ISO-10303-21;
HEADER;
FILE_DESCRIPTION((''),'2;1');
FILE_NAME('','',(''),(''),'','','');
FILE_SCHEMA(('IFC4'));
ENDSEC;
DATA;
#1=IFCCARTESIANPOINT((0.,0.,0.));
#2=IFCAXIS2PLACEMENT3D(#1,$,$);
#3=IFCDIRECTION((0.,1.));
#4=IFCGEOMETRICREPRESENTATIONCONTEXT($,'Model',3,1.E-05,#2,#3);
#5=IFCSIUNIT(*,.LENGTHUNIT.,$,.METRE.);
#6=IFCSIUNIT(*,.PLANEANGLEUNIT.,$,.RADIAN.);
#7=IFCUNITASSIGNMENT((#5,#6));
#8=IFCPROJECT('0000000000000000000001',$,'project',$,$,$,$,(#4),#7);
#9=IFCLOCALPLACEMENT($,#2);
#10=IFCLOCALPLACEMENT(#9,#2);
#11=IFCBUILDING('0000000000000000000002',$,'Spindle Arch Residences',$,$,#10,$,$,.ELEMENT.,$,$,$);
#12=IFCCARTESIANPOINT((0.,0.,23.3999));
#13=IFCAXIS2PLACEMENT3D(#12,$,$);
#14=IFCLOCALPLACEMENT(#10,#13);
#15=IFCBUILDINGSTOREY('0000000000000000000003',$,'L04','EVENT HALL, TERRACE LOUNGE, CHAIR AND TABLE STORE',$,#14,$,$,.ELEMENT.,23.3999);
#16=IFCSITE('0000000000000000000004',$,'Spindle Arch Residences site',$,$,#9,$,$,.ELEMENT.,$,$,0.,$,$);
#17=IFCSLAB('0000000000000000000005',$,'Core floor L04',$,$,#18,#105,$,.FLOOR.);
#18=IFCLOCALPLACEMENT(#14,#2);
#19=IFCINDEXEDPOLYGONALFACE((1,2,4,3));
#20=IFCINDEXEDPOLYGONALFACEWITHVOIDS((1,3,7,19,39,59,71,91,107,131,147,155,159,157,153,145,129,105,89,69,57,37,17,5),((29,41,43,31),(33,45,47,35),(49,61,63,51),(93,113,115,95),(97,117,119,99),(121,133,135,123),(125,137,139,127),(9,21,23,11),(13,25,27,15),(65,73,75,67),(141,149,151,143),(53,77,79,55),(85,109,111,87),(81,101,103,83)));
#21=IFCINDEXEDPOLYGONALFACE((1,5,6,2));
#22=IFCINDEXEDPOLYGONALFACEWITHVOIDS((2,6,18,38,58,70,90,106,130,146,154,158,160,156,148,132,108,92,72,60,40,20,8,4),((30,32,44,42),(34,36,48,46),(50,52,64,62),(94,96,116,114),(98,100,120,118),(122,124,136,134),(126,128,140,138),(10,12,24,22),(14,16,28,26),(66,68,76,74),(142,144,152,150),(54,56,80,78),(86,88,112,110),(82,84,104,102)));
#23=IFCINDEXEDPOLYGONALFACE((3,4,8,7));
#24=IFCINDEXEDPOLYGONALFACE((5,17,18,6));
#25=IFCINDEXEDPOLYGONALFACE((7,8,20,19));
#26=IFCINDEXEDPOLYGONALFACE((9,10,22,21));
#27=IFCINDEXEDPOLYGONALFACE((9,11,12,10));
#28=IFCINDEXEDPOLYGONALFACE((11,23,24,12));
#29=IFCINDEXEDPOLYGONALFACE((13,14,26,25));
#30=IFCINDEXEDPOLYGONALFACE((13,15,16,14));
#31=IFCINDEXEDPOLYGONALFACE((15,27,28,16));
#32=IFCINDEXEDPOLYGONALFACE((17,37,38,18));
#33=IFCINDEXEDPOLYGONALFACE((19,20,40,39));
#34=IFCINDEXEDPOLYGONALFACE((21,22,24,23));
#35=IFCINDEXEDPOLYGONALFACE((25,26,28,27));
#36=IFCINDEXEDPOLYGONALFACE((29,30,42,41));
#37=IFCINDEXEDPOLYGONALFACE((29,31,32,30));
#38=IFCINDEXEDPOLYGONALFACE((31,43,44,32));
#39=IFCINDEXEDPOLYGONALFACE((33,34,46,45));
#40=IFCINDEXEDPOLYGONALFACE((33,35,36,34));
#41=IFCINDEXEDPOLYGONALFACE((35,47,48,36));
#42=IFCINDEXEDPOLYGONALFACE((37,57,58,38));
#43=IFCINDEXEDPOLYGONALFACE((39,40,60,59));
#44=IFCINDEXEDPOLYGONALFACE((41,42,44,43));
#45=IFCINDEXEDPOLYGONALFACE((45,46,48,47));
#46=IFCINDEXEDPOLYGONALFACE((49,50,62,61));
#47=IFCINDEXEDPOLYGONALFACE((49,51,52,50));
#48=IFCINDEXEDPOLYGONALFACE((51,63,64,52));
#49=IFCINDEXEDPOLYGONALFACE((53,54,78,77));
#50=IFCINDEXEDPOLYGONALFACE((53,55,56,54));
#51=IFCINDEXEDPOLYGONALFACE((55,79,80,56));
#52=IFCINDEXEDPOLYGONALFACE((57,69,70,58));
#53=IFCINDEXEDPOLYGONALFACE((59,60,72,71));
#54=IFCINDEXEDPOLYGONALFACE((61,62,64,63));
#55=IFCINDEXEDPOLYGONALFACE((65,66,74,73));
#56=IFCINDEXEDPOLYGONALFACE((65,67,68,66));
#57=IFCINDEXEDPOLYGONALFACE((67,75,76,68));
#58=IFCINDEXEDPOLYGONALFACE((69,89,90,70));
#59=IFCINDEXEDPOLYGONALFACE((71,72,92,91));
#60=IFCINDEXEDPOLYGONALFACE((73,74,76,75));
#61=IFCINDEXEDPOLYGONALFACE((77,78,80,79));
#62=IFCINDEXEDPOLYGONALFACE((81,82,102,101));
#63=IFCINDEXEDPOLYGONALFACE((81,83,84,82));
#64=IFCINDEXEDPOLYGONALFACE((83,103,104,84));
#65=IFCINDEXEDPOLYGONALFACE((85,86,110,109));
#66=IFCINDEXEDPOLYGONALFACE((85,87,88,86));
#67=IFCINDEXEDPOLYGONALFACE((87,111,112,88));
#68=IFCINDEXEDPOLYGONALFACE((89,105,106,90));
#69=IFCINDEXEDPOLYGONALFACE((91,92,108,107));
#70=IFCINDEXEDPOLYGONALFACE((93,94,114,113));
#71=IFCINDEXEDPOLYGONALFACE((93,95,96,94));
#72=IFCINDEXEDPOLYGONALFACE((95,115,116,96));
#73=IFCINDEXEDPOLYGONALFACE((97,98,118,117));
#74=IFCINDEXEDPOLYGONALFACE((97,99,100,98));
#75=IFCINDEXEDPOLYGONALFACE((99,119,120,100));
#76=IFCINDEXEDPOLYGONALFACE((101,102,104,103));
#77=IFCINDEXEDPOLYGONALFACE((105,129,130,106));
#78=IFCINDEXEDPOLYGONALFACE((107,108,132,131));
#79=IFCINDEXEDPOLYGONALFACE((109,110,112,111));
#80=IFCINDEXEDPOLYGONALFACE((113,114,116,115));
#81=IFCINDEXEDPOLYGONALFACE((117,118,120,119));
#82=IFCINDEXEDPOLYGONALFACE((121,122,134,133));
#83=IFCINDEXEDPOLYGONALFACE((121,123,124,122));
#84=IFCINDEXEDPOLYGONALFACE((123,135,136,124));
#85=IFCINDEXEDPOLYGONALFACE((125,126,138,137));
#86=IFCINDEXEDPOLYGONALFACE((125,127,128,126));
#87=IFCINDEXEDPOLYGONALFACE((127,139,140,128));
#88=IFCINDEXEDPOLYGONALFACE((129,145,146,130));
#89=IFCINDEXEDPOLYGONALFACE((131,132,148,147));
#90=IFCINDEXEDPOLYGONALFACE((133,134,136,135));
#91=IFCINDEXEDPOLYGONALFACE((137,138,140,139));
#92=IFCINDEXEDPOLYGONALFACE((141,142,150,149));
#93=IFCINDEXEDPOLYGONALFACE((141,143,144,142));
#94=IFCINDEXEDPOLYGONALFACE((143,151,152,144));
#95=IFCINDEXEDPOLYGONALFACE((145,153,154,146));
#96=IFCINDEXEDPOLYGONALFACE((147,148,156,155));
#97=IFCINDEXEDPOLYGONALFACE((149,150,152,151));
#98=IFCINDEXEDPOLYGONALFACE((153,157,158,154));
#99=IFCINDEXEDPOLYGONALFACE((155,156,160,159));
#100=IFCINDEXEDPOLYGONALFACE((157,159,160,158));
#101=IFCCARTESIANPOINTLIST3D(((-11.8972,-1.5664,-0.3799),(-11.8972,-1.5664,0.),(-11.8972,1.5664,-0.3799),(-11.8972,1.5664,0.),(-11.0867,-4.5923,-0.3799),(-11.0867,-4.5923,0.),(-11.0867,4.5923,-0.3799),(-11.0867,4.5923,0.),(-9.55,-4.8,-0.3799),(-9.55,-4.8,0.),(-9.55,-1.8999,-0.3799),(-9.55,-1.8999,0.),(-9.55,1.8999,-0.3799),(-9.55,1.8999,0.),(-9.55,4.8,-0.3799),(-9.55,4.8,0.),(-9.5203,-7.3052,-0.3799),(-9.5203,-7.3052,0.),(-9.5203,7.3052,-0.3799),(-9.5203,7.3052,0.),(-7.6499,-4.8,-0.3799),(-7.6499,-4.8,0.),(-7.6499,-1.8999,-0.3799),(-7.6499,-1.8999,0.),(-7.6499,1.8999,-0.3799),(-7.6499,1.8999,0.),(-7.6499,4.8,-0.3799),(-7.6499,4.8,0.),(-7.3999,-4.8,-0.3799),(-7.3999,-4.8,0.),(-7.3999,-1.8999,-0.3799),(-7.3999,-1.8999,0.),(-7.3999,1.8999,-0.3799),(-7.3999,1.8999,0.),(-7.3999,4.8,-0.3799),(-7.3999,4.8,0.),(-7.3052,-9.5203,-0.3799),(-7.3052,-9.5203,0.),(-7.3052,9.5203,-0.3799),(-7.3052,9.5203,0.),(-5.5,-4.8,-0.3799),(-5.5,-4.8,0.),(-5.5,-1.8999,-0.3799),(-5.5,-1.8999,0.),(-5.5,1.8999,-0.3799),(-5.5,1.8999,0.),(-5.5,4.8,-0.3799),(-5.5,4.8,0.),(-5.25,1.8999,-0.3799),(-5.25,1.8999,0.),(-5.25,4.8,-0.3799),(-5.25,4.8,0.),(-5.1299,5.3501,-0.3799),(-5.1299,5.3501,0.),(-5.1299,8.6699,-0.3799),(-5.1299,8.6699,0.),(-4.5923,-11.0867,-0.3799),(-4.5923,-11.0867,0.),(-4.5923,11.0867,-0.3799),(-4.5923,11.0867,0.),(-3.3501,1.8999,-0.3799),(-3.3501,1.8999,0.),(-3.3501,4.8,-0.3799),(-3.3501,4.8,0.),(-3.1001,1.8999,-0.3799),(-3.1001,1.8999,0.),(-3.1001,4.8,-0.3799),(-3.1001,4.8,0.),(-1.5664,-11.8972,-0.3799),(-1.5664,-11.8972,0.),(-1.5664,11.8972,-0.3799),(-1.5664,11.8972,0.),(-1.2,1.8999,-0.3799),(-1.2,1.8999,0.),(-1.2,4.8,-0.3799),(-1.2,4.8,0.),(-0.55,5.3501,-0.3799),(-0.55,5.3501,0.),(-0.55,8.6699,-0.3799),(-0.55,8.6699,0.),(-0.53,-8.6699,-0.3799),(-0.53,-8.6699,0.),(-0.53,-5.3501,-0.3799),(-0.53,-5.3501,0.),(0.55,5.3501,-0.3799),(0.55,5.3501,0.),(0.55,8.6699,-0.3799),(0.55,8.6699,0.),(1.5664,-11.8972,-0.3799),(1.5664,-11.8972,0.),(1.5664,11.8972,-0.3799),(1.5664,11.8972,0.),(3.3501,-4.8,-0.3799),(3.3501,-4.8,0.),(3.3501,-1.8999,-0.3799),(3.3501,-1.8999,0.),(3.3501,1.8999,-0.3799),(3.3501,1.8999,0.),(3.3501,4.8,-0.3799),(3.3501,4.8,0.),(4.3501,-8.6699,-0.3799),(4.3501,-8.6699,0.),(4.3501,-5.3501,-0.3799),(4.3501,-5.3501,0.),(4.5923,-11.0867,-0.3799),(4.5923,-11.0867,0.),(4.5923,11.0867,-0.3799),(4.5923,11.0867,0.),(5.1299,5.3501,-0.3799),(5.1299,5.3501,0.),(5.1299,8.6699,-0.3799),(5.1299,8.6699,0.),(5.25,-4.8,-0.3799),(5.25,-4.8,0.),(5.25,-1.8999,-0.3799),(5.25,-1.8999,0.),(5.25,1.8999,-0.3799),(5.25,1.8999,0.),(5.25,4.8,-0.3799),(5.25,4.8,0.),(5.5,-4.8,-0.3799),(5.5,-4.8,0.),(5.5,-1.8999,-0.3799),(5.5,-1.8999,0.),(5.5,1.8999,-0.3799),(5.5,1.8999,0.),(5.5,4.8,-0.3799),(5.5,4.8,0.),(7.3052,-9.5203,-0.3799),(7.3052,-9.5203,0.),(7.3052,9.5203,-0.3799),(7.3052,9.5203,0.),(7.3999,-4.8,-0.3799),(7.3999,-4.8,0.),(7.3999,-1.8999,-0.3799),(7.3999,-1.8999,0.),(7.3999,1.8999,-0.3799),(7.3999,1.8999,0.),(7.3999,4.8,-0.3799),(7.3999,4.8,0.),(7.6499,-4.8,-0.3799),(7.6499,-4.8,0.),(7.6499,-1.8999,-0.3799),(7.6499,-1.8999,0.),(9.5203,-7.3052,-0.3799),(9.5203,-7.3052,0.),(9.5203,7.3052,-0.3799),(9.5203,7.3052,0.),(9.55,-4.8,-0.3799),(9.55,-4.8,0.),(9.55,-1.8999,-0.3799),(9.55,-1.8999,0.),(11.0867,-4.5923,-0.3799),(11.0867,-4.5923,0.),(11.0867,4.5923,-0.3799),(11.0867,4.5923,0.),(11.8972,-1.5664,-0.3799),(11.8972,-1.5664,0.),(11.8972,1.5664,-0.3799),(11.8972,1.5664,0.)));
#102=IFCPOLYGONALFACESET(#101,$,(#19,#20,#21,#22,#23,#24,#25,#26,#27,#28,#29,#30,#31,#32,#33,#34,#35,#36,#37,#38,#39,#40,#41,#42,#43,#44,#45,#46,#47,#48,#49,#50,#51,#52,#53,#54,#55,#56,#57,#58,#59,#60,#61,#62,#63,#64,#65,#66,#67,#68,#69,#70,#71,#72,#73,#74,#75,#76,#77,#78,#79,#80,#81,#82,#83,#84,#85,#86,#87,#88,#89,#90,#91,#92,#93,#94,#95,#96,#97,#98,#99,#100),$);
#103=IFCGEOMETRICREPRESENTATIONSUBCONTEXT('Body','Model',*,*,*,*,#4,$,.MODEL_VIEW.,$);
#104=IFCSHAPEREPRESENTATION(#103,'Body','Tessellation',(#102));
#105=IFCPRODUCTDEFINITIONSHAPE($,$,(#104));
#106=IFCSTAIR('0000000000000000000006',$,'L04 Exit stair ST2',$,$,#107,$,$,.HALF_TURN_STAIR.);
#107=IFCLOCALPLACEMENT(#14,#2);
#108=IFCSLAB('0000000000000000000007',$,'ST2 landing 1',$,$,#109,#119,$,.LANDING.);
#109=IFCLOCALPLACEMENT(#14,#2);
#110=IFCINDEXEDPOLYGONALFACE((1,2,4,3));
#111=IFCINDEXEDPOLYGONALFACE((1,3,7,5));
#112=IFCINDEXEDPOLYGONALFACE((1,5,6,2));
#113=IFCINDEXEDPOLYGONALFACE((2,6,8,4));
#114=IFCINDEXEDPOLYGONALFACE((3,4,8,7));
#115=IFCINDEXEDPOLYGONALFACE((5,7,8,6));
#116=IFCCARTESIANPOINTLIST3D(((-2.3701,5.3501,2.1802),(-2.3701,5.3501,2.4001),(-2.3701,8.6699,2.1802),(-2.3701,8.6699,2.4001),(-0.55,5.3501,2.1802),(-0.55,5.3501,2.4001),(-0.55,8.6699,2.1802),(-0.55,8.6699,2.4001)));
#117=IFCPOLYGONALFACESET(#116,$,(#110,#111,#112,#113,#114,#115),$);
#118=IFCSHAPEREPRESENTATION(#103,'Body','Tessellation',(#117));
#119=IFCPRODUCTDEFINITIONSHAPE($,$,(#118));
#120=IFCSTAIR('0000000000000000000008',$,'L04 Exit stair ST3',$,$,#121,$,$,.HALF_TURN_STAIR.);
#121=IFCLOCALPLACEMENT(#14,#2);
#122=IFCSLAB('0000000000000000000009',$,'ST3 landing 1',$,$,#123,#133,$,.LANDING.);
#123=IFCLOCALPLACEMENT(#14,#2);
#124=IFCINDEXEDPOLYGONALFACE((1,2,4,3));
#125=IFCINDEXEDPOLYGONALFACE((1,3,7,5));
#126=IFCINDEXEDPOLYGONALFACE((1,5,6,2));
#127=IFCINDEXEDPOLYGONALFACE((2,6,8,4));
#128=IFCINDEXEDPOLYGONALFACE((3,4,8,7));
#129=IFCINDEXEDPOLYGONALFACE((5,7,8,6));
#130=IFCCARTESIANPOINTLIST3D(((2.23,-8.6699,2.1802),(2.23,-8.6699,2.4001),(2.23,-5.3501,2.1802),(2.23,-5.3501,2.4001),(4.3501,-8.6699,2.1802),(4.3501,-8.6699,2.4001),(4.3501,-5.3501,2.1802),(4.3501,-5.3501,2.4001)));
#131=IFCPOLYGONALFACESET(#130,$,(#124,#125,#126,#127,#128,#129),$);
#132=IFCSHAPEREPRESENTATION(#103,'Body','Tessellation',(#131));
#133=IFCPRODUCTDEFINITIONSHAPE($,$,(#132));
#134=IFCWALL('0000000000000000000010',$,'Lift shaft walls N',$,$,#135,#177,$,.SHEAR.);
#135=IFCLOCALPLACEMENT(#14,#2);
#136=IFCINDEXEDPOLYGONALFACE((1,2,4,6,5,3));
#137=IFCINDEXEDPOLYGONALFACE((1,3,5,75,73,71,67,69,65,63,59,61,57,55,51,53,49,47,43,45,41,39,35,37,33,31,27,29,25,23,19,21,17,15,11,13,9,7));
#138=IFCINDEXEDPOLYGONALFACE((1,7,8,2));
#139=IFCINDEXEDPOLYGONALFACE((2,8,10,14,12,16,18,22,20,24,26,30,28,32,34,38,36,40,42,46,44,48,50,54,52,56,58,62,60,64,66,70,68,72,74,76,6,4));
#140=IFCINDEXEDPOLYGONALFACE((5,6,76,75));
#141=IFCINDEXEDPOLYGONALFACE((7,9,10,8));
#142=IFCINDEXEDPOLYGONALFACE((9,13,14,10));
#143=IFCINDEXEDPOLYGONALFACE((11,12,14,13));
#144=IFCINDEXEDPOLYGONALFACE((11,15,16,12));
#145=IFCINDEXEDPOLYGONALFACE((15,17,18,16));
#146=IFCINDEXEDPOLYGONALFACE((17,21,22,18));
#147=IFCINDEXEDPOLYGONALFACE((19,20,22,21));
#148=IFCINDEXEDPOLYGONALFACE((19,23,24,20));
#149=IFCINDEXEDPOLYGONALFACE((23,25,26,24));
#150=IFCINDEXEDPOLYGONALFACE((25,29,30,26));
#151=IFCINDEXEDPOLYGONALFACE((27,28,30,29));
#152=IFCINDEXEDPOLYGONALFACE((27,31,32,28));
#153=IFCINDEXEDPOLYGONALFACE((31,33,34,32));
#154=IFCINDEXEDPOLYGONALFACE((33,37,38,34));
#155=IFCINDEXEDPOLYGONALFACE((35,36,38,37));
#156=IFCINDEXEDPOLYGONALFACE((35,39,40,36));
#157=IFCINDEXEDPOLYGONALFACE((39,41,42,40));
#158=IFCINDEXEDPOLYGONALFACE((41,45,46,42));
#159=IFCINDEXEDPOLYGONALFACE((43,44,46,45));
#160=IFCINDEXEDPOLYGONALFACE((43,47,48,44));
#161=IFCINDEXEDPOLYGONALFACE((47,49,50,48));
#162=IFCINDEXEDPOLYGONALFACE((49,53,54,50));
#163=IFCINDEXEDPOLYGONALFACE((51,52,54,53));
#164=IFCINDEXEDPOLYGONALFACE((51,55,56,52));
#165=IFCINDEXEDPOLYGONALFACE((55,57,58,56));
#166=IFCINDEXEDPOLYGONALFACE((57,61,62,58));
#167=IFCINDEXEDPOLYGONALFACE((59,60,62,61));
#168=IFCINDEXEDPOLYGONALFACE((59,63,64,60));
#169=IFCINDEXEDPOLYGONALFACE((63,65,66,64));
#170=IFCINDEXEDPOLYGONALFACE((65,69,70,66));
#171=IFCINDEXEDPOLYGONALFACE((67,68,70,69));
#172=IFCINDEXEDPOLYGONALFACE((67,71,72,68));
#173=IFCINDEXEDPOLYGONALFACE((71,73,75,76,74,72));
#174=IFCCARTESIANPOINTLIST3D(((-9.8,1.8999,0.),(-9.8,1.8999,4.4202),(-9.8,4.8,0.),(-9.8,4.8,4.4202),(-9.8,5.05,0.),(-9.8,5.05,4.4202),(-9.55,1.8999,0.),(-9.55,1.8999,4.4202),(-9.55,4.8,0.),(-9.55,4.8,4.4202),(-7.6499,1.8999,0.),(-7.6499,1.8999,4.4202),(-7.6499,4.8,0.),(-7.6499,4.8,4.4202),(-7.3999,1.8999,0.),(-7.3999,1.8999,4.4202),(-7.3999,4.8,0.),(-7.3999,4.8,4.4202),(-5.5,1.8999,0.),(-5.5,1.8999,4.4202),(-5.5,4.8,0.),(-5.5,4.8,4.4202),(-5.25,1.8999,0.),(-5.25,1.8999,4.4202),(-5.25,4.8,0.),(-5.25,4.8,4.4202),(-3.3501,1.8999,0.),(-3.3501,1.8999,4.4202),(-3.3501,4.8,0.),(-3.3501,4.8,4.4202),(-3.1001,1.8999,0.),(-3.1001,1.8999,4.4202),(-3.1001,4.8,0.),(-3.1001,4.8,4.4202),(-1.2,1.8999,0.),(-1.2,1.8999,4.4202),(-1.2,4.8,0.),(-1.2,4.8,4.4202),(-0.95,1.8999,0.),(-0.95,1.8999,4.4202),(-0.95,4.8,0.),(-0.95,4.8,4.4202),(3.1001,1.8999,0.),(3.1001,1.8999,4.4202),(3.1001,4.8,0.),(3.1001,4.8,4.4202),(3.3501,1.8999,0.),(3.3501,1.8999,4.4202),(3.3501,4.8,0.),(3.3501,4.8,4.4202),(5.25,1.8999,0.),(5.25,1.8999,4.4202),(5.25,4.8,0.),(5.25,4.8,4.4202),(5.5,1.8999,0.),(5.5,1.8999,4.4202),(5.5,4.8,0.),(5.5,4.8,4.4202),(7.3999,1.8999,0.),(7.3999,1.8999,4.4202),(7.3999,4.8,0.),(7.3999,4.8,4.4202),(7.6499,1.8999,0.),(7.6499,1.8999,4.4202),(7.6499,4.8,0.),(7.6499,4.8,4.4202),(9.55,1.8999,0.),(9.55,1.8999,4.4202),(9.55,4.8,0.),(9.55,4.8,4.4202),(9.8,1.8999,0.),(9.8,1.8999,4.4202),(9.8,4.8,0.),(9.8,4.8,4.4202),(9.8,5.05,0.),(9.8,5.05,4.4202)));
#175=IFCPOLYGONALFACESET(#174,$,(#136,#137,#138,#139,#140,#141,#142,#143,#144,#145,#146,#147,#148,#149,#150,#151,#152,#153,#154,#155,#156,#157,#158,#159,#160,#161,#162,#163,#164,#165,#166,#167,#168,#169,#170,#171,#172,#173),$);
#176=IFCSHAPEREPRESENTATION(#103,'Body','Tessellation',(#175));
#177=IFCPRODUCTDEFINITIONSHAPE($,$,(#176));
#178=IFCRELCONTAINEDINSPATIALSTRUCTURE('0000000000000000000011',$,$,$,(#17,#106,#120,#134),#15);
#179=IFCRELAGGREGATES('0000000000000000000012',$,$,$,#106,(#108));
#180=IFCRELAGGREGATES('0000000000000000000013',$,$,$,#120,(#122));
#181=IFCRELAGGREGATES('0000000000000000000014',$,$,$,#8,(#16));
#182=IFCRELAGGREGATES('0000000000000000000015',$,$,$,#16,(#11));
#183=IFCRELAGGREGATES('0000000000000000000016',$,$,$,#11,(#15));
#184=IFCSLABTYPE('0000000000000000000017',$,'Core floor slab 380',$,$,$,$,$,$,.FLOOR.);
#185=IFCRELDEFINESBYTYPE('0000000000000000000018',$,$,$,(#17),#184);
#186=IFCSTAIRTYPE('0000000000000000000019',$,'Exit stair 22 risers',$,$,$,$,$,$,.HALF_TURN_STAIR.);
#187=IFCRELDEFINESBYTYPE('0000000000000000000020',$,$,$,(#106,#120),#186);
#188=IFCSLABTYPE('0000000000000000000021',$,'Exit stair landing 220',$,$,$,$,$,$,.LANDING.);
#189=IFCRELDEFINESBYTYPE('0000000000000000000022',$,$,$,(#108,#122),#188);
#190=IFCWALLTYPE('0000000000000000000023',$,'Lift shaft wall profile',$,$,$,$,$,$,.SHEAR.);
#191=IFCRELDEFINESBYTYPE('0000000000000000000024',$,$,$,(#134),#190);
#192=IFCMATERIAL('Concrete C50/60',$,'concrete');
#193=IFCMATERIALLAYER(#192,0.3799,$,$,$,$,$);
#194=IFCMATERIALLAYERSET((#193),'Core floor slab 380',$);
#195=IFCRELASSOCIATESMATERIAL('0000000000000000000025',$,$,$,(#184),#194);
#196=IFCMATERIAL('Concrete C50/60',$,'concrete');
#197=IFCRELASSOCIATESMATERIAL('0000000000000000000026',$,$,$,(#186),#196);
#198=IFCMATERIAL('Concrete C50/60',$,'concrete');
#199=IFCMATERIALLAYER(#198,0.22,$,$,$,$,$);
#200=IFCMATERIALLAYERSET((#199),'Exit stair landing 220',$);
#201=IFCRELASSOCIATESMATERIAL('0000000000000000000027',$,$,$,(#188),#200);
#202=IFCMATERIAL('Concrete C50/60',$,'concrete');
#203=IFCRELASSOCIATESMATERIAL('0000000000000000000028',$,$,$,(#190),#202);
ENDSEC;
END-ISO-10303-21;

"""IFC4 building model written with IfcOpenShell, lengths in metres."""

from ifc_helpers import new_model, si_unit, direction, frame, origin, place, context, subcontext, project, spatial, polyline, outline, extrude, material, layer, layer_set, type_object, element, aggregate, save


model = new_model("IFC4")

# Units and contexts
model_context = context("Model", 3, precision=1e-05, world=origin(), true_north=direction((0.0, 1.0)))
body_context = subcontext(model_context, "Body", "Model", "MODEL_VIEW")
ifc_project = project(units=[si_unit("LENGTHUNIT", "METRE"), si_unit("PLANEANGLEUNIT", "RADIAN")], contexts=[model_context])

# Site, building, storey
site_placement = place(None, origin())
site = spatial("IfcSite", under=ifc_project, at=site_placement, Name="Spindle Arch Residences site", CompositionType="ELEMENT", RefElevation=0.0)
building_placement = place(site_placement, origin())
building = spatial("IfcBuilding", under=site, at=building_placement, Name="Spindle Arch Residences", CompositionType="ELEMENT")
storey_placement = place(building_placement, frame((0.0, 0.0, 23.3999)))
storey = spatial("IfcBuildingStorey", under=building, at=storey_placement, Name="L04", Description="EVENT HALL, TERRACE LOUNGE, CHAIR AND TABLE STORE", CompositionType="ELEMENT", Elevation=23.3999)

# Slab
ifc_material_1 = material(Name="Concrete C50/60", Category="concrete")
ifc_layer_1 = layer(ifc_material_1, 0.3799)
ifc_layer_set_1 = layer_set([ifc_layer_1], Name="Core floor slab 380")
slab_type_1 = type_object("IfcSlabType", Name="Core floor slab 380", PredefinedType="FLOOR", material=ifc_layer_set_1)
slab_1_placement = place(storey_placement, frame((0.0, 0.0, -0.3799)))
element("IfcSlab", 1, at=slab_1_placement, inside=storey, type_object=slab_type_1, Name="Core floor L04", PredefinedType="FLOOR", context=body_context, shape_type="SweptSolid", body=[
    extrude(outline(polyline([(1.5664, -11.8972), (4.5923, -11.0867), (7.3052, -9.5203), (9.5203, -7.3052), (11.0867, -4.5923), (11.8972, -1.5664), (11.8972, 1.5664), (11.0867, 4.5923), (9.5203, 7.3052), (7.3052, 9.5203), (4.5923, 11.0867), (1.5664, 11.8972), (-1.5664, 11.8972), (-4.5923, 11.0867), (-7.3052, 9.5203), (-9.5203, 7.3052), (-11.0867, 4.5923), (-11.8972, 1.5664), (-11.8972, -1.5664), (-11.0867, -4.5923), (-9.5203, -7.3052), (-7.3052, -9.5203), (-4.5923, -11.0867), (-1.5664, -11.8972), (1.5664, -11.8972)]), holes=[polyline([(-9.55, 1.8999), (-7.6499, 1.8999), (-7.6499, 4.8), (-9.55, 4.8), (-9.55, 1.8999)]), polyline([(-7.3999, 1.8999), (-5.5, 1.8999), (-5.5, 4.8), (-7.3999, 4.8), (-7.3999, 1.8999)]), polyline([(-5.25, 1.8999), (-3.3501, 1.8999), (-3.3501, 4.8), (-5.25, 4.8), (-5.25, 1.8999)]), polyline([(-3.1001, 1.8999), (-1.2, 1.8999), (-1.2, 4.8), (-3.1001, 4.8), (-3.1001, 1.8999)]), polyline([(3.3501, 1.8999), (5.25, 1.8999), (5.25, 4.8), (3.3501, 4.8), (3.3501, 1.8999)]), polyline([(5.5, 1.8999), (7.3999, 1.8999), (7.3999, 4.8), (5.5, 4.8), (5.5, 1.8999)]), polyline([(-9.55, -4.8), (-7.6499, -4.8), (-7.6499, -1.8999), (-9.55, -1.8999), (-9.55, -4.8)]), polyline([(-7.3999, -4.8), (-5.5, -4.8), (-5.5, -1.8999), (-7.3999, -1.8999), (-7.3999, -4.8)]), polyline([(3.3501, -4.8), (5.25, -4.8), (5.25, -1.8999), (3.3501, -1.8999), (3.3501, -4.8)]), polyline([(5.5, -4.8), (7.3999, -4.8), (7.3999, -1.8999), (5.5, -1.8999), (5.5, -4.8)]), polyline([(7.6499, -4.8), (9.55, -4.8), (9.55, -1.8999), (7.6499, -1.8999), (7.6499, -4.8)]), polyline([(5.1299, 8.6699), (0.55, 8.6699), (0.55, 5.3501), (5.1299, 5.3501), (5.1299, 8.6699)]), polyline([(-5.1299, 5.3501), (-0.55, 5.3501), (-0.55, 8.6699), (-5.1299, 8.6699), (-5.1299, 5.3501)]), polyline([(-0.53, -8.6699), (4.3501, -8.6699), (4.3501, -5.3501), (-0.53, -5.3501), (-0.53, -8.6699)])]), origin(), (0.0, 0.0, 1.0), 0.3799),
])

# Stairs, slabs
ifc_material_2 = material(Name="Concrete C50/60", Category="concrete")
stair_type = type_object("IfcStairType", Name="Exit stair 22 risers", PredefinedType="HALF_TURN_STAIR", material=ifc_material_2)
stair_1_placement = place(storey_placement, origin())
stair_1 = element("IfcStair", 2, at=stair_1_placement, inside=storey, type_object=stair_type, Name="L04 Exit stair ST2", PredefinedType="HALF_TURN_STAIR")
ifc_material_3 = material(Name="Concrete C50/60", Category="concrete")
ifc_layer_2 = layer(ifc_material_3, 0.22)
ifc_layer_set_2 = layer_set([ifc_layer_2], Name="Exit stair landing 220")
slab_type_2 = type_object("IfcSlabType", Name="Exit stair landing 220", PredefinedType="LANDING", material=ifc_layer_set_2)
slab_2_placement = place(storey_placement, frame((0.0, 0.0, 2.1802)))
slab_2 = element("IfcSlab", 3, at=slab_2_placement, type_object=slab_type_2, Name="ST2 landing 1", PredefinedType="LANDING", context=body_context, shape_type="SweptSolid", body=[
    extrude(outline(polyline([(-2.3701, 5.3501), (-0.55, 5.3501), (-0.55, 8.6699), (-2.3701, 8.6699), (-2.3701, 5.3501)])), origin(), (0.0, 0.0, 1.0), 0.22),
])
aggregate(stair_1, [slab_2])
stair_2_placement = place(storey_placement, origin())
stair_2 = element("IfcStair", 4, at=stair_2_placement, inside=storey, type_object=stair_type, Name="L04 Exit stair ST3", PredefinedType="HALF_TURN_STAIR")
slab_3_placement = place(storey_placement, frame((0.0, 0.0, 2.1802)))
slab_3 = element("IfcSlab", 5, at=slab_3_placement, type_object=slab_type_2, Name="ST3 landing 1", PredefinedType="LANDING", context=body_context, shape_type="SweptSolid", body=[
    extrude(outline(polyline([(2.23, -8.6699), (4.3501, -8.6699), (4.3501, -5.3501), (2.23, -5.3501), (2.23, -8.6699)])), origin(), (0.0, 0.0, 1.0), 0.22),
])
aggregate(stair_2, [slab_3])

# Wall
ifc_material_4 = material(Name="Concrete C50/60", Category="concrete")
wall_type_1 = type_object("IfcWallType", Name="Lift shaft wall profile", PredefinedType="SHEAR", material=ifc_material_4)
wall_1_placement = place(storey_placement, origin())
element("IfcWall", 6, at=wall_1_placement, inside=storey, type_object=wall_type_1, Name="Lift shaft walls N", PredefinedType="SHEAR", context=body_context, shape_type="SweptSolid", body=[
    extrude(outline(polyline([(-9.55, 4.8), (-7.6499, 4.8), (-7.6499, 1.8999), (-7.3999, 1.8999), (-7.3999, 4.8), (-5.5, 4.8), (-5.5, 1.8999), (-5.25, 1.8999), (-5.25, 4.8), (-3.3501, 4.8), (-3.3501, 1.8999), (-3.1001, 1.8999), (-3.1001, 4.8), (-1.2, 4.8), (-1.2, 1.8999), (-0.95, 1.8999), (-0.95, 4.8), (3.1001, 4.8), (3.1001, 1.8999), (3.3501, 1.8999), (3.3501, 4.8), (5.25, 4.8), (5.25, 1.8999), (5.5, 1.8999), (5.5, 4.8), (7.3999, 4.8), (7.3999, 1.8999), (7.6499, 1.8999), (7.6499, 4.8), (9.55, 4.8), (9.55, 1.8999), (9.8, 1.8999), (9.8, 4.8), (9.8, 5.05), (-9.8, 5.05), (-9.8, 4.8), (-9.8, 1.8999), (-9.55, 1.8999), (-9.55, 4.8)])), origin(), (0.0, 0.0, 1.0), 4.4202),
])

save(model, "model.ifc")
